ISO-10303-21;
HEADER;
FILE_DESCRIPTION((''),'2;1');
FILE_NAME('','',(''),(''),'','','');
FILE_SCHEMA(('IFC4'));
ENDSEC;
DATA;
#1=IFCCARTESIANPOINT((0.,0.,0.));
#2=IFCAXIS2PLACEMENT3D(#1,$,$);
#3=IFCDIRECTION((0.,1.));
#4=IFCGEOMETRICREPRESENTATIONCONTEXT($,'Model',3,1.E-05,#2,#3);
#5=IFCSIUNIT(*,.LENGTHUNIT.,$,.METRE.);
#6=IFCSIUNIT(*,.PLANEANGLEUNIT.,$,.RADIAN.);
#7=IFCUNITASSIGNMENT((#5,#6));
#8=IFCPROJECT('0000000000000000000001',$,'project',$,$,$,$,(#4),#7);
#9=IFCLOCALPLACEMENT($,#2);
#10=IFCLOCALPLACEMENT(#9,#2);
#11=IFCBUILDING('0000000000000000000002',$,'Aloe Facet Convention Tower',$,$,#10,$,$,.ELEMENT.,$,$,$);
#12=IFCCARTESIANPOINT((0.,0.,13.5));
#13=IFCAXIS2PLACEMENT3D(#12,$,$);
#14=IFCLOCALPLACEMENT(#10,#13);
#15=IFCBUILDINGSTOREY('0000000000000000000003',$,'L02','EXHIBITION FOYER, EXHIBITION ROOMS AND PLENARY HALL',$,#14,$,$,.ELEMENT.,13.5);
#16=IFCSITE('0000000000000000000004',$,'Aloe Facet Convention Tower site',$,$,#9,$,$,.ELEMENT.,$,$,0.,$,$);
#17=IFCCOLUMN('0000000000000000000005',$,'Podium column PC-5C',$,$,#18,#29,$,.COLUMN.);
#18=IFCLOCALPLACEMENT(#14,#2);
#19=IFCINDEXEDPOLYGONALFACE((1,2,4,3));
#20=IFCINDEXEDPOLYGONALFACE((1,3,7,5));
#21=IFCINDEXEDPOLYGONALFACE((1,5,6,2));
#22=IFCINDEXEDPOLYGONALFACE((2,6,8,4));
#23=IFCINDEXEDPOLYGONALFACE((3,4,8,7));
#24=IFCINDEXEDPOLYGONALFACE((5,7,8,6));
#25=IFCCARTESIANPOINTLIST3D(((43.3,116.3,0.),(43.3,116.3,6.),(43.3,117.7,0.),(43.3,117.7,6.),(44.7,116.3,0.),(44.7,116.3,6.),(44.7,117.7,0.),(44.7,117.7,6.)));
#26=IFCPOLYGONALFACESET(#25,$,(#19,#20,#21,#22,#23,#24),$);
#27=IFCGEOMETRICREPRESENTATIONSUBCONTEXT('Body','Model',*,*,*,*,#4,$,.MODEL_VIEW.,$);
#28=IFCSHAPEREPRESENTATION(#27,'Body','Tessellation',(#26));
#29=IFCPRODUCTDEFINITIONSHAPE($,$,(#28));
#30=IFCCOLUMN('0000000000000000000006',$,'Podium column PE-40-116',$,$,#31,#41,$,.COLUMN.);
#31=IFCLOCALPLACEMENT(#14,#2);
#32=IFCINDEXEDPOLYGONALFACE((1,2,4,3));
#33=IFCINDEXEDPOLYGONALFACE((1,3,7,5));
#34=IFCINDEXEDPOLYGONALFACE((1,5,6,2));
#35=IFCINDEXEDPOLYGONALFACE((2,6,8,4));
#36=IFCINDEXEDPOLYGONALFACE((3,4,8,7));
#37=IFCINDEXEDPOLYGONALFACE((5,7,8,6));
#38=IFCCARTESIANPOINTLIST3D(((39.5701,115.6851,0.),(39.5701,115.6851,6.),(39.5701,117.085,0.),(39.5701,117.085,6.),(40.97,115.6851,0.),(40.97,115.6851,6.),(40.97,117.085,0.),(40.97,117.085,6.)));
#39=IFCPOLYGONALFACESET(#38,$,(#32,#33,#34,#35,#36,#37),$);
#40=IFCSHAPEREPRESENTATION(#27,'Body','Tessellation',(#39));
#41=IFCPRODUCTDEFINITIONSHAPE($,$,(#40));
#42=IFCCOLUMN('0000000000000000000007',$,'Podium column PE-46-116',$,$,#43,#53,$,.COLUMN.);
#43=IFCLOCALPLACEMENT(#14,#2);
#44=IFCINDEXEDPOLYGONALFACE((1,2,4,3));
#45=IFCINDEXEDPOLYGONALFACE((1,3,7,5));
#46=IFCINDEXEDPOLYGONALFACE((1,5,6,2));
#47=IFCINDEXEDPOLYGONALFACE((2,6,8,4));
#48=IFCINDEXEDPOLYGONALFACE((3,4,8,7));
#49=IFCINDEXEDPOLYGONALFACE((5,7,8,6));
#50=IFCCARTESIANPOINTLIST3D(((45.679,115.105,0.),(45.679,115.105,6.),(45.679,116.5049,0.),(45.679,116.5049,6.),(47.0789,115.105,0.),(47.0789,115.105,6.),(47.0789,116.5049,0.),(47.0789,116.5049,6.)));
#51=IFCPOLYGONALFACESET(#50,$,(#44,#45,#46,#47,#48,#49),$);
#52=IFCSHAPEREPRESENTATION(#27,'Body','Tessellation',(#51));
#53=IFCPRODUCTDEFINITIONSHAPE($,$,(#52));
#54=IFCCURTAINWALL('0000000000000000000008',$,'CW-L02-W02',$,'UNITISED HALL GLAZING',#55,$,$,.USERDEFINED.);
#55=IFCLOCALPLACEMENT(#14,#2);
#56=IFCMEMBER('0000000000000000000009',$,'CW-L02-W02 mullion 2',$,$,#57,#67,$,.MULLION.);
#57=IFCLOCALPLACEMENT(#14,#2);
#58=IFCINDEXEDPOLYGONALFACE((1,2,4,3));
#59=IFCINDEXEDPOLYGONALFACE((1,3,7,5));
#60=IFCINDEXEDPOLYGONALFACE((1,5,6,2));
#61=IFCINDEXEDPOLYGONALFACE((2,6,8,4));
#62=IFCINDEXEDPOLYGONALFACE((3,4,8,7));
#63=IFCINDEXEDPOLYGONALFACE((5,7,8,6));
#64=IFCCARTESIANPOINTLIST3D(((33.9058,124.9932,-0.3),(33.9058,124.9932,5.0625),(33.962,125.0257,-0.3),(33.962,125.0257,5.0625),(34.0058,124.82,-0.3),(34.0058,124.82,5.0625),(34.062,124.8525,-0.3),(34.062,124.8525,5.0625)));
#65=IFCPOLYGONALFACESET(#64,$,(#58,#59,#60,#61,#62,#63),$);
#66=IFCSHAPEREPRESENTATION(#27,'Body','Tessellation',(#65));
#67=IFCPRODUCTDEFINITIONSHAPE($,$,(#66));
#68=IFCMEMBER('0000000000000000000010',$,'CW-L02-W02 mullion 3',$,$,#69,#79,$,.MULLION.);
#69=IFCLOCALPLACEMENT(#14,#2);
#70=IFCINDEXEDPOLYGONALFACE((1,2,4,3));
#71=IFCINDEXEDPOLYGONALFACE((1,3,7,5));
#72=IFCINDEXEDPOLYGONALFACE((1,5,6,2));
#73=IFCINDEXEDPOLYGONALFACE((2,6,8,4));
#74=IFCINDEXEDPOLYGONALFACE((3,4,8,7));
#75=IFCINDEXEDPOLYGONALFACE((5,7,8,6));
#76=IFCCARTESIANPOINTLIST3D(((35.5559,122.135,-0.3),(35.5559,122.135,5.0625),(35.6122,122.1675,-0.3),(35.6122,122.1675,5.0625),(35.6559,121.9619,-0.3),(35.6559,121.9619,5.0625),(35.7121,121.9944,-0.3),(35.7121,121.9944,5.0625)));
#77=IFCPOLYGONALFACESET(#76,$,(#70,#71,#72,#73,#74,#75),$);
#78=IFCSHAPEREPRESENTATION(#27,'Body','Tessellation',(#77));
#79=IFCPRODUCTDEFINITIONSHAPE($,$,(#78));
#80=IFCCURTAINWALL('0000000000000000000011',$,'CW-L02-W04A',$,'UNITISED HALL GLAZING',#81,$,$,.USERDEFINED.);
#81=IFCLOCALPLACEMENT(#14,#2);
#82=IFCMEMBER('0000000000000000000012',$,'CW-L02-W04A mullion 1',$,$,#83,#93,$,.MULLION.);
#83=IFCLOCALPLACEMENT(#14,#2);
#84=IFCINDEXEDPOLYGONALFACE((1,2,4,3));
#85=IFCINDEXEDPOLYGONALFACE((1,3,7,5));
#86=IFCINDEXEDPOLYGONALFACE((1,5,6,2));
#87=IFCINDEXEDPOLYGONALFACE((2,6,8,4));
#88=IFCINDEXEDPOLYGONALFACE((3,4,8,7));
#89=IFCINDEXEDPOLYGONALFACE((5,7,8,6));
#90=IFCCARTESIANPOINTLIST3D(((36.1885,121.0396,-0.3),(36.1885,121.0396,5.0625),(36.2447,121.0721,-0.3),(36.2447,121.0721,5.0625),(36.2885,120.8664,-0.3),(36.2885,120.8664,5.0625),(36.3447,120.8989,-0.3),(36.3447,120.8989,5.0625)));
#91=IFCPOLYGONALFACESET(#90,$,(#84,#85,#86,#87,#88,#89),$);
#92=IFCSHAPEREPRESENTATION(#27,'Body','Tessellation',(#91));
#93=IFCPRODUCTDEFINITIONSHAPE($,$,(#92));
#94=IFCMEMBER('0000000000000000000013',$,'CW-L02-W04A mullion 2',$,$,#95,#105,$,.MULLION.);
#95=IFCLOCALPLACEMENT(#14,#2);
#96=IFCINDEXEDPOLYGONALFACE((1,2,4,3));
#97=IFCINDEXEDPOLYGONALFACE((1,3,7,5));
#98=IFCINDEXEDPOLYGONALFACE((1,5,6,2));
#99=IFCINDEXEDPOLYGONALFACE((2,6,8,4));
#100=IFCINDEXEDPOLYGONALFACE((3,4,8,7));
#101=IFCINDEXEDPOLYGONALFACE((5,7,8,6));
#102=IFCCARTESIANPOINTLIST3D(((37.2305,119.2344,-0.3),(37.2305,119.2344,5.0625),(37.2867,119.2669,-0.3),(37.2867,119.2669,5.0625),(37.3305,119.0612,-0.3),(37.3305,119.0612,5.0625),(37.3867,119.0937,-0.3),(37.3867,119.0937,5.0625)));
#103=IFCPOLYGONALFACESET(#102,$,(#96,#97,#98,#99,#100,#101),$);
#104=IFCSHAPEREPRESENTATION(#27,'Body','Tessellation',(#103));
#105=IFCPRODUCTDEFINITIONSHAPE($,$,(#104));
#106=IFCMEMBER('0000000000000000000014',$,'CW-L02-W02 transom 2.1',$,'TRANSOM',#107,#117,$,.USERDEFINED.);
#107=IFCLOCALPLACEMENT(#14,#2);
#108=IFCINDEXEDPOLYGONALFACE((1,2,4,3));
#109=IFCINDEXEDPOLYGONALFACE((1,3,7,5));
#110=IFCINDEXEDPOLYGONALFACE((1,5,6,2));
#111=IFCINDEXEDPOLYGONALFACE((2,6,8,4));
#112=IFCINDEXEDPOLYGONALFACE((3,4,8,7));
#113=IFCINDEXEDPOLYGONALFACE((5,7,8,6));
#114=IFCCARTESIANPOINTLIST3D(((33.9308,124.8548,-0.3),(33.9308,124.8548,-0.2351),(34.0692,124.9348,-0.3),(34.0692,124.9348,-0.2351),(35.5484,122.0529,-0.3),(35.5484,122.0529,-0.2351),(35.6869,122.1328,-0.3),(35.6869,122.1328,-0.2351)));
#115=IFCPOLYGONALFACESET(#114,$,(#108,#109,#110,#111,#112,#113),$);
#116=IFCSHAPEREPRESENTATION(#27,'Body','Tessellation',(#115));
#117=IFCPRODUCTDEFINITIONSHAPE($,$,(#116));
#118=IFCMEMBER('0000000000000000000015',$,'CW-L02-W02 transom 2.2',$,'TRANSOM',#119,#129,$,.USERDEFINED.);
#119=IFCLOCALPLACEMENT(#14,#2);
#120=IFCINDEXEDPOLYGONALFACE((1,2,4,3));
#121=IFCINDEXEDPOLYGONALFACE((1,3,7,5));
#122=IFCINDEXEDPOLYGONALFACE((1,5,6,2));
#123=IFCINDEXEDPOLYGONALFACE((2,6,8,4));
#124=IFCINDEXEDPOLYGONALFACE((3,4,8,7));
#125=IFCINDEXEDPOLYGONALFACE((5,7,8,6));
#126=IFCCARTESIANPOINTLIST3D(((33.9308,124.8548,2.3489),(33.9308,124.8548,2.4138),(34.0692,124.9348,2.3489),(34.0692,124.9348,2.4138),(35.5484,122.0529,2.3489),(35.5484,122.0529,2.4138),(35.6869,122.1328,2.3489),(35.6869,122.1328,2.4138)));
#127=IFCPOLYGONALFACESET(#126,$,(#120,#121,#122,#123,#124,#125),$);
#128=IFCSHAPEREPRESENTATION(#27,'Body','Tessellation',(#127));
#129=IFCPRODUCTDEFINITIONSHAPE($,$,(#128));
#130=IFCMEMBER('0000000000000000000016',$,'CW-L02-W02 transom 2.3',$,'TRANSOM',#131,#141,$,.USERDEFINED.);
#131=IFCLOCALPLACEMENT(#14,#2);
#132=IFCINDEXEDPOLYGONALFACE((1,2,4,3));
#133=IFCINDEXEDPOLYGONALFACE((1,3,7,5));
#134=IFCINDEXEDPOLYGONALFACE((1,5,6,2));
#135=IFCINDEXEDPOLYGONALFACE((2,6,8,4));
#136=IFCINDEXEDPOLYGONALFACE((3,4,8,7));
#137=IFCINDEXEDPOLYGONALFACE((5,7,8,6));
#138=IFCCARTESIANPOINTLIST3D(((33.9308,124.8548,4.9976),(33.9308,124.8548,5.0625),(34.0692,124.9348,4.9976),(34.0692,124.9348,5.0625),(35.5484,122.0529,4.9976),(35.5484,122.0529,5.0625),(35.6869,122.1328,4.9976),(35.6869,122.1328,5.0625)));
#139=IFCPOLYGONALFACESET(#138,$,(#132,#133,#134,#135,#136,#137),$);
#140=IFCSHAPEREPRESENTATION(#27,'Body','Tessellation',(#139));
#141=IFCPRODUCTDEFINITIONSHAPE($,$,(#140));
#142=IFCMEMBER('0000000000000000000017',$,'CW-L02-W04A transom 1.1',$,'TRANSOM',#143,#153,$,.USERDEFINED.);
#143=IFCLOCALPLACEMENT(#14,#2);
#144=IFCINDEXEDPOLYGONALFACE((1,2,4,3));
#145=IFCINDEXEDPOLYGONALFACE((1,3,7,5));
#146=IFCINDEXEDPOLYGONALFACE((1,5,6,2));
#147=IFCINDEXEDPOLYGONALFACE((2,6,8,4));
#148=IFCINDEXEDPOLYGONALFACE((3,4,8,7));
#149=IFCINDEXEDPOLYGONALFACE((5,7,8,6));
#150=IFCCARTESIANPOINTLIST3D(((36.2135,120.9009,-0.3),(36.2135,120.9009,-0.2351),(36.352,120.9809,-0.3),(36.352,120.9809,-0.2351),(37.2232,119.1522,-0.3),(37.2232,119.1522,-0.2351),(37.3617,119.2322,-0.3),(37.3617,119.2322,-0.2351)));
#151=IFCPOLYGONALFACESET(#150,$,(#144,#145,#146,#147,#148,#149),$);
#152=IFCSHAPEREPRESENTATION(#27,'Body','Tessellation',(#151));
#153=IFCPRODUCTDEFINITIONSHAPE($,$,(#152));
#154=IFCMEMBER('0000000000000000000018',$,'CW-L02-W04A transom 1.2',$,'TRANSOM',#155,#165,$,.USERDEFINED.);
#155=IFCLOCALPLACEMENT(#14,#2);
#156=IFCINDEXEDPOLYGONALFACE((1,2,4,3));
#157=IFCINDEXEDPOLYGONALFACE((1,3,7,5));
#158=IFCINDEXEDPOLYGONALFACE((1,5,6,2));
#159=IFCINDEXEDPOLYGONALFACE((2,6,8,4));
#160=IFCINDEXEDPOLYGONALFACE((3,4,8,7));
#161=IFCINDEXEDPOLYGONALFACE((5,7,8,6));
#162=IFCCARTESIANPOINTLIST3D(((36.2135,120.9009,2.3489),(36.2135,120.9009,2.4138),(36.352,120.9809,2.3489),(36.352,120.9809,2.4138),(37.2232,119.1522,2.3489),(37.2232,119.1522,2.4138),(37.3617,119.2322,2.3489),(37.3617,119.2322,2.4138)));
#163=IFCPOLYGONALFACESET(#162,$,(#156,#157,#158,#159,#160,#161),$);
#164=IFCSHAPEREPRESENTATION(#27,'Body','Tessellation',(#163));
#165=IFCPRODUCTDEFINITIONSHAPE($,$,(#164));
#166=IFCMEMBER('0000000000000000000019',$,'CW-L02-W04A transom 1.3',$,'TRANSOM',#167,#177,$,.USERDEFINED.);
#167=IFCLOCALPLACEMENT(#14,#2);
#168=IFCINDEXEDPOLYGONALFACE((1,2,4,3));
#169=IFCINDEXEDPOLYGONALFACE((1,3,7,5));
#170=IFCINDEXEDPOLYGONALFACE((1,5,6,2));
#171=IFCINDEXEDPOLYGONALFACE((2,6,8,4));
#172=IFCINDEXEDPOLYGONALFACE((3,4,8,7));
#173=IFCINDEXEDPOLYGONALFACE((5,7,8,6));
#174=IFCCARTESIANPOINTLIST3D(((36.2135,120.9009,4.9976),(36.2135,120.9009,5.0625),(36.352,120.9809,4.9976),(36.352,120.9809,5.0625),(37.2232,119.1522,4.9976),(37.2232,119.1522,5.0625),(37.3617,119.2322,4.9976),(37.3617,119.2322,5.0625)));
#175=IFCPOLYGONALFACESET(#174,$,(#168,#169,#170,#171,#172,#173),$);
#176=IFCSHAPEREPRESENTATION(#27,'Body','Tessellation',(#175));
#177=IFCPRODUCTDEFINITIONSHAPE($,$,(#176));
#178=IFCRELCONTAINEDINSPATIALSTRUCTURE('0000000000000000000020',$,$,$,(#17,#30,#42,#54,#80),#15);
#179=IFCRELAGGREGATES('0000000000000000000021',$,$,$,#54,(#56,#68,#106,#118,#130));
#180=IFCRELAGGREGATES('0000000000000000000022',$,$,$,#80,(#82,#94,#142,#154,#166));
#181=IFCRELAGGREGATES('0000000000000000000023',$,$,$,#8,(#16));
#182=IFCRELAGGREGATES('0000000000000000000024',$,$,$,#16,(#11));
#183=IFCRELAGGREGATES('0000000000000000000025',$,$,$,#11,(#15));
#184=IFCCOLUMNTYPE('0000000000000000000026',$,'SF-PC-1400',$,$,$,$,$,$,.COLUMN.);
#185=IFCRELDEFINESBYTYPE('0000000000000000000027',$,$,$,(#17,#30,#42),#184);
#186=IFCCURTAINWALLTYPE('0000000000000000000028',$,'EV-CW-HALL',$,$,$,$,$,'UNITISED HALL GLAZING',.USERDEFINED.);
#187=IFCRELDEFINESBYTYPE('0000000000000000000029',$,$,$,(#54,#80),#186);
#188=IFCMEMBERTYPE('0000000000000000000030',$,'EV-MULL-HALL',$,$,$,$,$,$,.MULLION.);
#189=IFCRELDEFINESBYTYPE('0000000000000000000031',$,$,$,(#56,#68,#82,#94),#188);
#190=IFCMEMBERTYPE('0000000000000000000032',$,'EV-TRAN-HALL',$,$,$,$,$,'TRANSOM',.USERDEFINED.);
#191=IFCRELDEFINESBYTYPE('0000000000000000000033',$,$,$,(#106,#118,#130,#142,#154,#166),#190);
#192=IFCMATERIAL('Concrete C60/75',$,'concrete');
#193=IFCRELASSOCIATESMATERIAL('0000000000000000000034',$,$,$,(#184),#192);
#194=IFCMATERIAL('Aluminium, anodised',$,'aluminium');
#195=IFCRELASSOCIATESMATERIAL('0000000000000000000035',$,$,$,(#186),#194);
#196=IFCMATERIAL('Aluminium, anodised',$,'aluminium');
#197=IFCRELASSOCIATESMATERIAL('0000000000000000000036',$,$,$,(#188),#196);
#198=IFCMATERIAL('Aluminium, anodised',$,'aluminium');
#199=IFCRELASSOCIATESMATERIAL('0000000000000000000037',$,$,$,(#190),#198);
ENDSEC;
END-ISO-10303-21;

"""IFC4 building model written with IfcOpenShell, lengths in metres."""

from ifc_helpers import new_model, si_unit, direction, frame, origin, origin_2d, place, context, subcontext, project, spatial, rectangle, extrude, material, material_profile, profile_set, type_object, element, aggregate, save


model = new_model("IFC4")

# Units and contexts
model_context = context("Model", 3, precision=1e-05, world=origin(), true_north=direction((0.0, 1.0)))
body_context = subcontext(model_context, "Body", "Model", "MODEL_VIEW")
ifc_project = project(units=[si_unit("LENGTHUNIT", "METRE"), si_unit("PLANEANGLEUNIT", "RADIAN")], contexts=[model_context])

# Site, building, storey
site_placement = place(None, origin())
site = spatial("IfcSite", under=ifc_project, at=site_placement, Name="Aloe Facet Convention Tower site", CompositionType="ELEMENT", RefElevation=0.0)
building_placement = place(site_placement, origin())
building = spatial("IfcBuilding", under=site, at=building_placement, Name="Aloe Facet Convention Tower", CompositionType="ELEMENT")
storey_placement = place(building_placement, frame((0.0, 0.0, 13.5)))
storey = spatial("IfcBuildingStorey", under=building, at=storey_placement, Name="L02", Description="EXHIBITION FOYER, EXHIBITION ROOMS AND PLENARY HALL", CompositionType="ELEMENT", Elevation=13.5)

# Columns
ifc_material_1 = material(Name="Concrete C60/75", Category="concrete")
ifc_material_profile_1 = material_profile(ifc_material_1, rectangle(XDim=1.3999, YDim=1.3999, at=origin_2d()), Name="SF-PC-1400")
ifc_profile_set_1 = profile_set([ifc_material_profile_1], Name="Concrete C60/75")
column_type = type_object("IfcColumnType", Name="SF-PC-1400", PredefinedType="COLUMN", material=ifc_profile_set_1)
for number, where, z_axis, x_axis, name in (
    (1, (44.0, 117.0, 0.0), (0.0, 0.0, 1.0), (1.0, 0.0, 0.0), "Podium column PC-5C"),
    (2, (40.27, 116.385, 0.0), (0.0, 0.0, 1.0), (1.0, 0.0, 0.0), "Podium column PE-40-116"),
    (3, (46.3789, 115.8049, 0.0), (0.0, 0.0, 1.0), (1.0, 0.0, 0.0), "Podium column PE-46-116"),
):
    element("IfcColumn", number, at=place(storey_placement, frame(where, z_axis=z_axis, x_axis=x_axis)), inside=storey, type_object=column_type, Name=name, PredefinedType="COLUMN", context=body_context, shape_type="SweptSolid", body=[
        extrude(rectangle(XDim=1.3999, YDim=1.3999, at=origin_2d()), origin(), (0.0, 0.0, 1.0), 6.0),
    ])

# Curtain walls, members
ifc_material_2 = material(Name="Aluminium, anodised", Category="aluminium")
curtain_wall_type = type_object("IfcCurtainWallType", Name="EV-CW-HALL", ElementType="UNITISED HALL GLAZING", PredefinedType="USERDEFINED", material=ifc_material_2)
curtain_wall_1_placement = place(storey_placement, origin())
curtain_wall_1 = element("IfcCurtainWall", 4, at=curtain_wall_1_placement, inside=storey, type_object=curtain_wall_type, Name="CW-L02-W02", ObjectType="UNITISED HALL GLAZING", PredefinedType="USERDEFINED")
ifc_material_3 = material(Name="Aluminium, anodised", Category="aluminium")
ifc_material_profile_2 = material_profile(ifc_material_3, rectangle(XDim=0.0649, YDim=0.2, at=origin_2d()), Name="AL 65x200")
ifc_profile_set_2 = profile_set([ifc_material_profile_2], Name="Aluminium, anodised")
member_type_1 = type_object("IfcMemberType", Name="EV-MULL-HALL", PredefinedType="MULLION", material=ifc_profile_set_2)
member_1_placement = place(storey_placement, frame((33.9839, 124.9229, -0.3), z_axis=(0.0, 0.0, 1.0), x_axis=(0.866025, 0.5, 0.0)))
member_1 = element("IfcMember", 5, at=member_1_placement, type_object=member_type_1, Name="CW-L02-W02 mullion 2", PredefinedType="MULLION", context=body_context, shape_type="SweptSolid", body=[
    extrude(rectangle(XDim=0.0649, YDim=0.2, at=origin_2d()), origin(), (0.0, 0.0, 1.0), 5.3625),
])
member_2_placement = place(storey_placement, frame((35.634, 122.0647, -0.3), z_axis=(0.0, 0.0, 1.0), x_axis=(0.866025, 0.5, 0.0)))
member_2 = element("IfcMember", 6, at=member_2_placement, type_object=member_type_1, Name="CW-L02-W02 mullion 3", PredefinedType="MULLION", context=body_context, shape_type="SweptSolid", body=[
    extrude(rectangle(XDim=0.0649, YDim=0.2, at=origin_2d()), origin(), (0.0, 0.0, 1.0), 5.3625),
])
curtain_wall_2_placement = place(storey_placement, origin())
curtain_wall_2 = element("IfcCurtainWall", 7, at=curtain_wall_2_placement, inside=storey, type_object=curtain_wall_type, Name="CW-L02-W04A", ObjectType="UNITISED HALL GLAZING", PredefinedType="USERDEFINED")
member_3_placement = place(storey_placement, frame((36.2666, 120.9692, -0.3), z_axis=(0.0, 0.0, 1.0), x_axis=(0.866025, 0.5, 0.0)))
member_3 = element("IfcMember", 8, at=member_3_placement, type_object=member_type_1, Name="CW-L02-W04A mullion 1", PredefinedType="MULLION", context=body_context, shape_type="SweptSolid", body=[
    extrude(rectangle(XDim=0.0649, YDim=0.2, at=origin_2d()), origin(), (0.0, 0.0, 1.0), 5.3625),
])
member_4_placement = place(storey_placement, frame((37.3086, 119.1641, -0.3), z_axis=(0.0, 0.0, 1.0), x_axis=(0.866025, 0.5, 0.0)))
member_4 = element("IfcMember", 9, at=member_4_placement, type_object=member_type_1, Name="CW-L02-W04A mullion 2", PredefinedType="MULLION", context=body_context, shape_type="SweptSolid", body=[
    extrude(rectangle(XDim=0.0649, YDim=0.2, at=origin_2d()), origin(), (0.0, 0.0, 1.0), 5.3625),
])

# Members
ifc_material_4 = material(Name="Aluminium, anodised", Category="aluminium")
ifc_material_profile_3 = material_profile(ifc_material_4, rectangle(XDim=0.1599, YDim=0.0649, at=origin_2d()), Name="AL 160x65")
ifc_profile_set_3 = profile_set([ifc_material_profile_3], Name="Aluminium, anodised")
member_type_2 = type_object("IfcMemberType", Name="EV-TRAN-HALL", ElementType="TRANSOM", PredefinedType="USERDEFINED", material=ifc_profile_set_3)
member_5_placement = place(storey_placement, frame((34.0, 124.8948, -0.2676), z_axis=(0.499986, -0.866034, 0.0), x_axis=(0.866034, 0.499986, 0.0)))
member_5 = element("IfcMember", 10, at=member_5_placement, type_object=member_type_2, Name="CW-L02-W02 transom 2.1", ObjectType="TRANSOM", PredefinedType="USERDEFINED", context=body_context, shape_type="SweptSolid", body=[
    extrude(rectangle(XDim=0.1599, YDim=0.0649, at=origin_2d()), origin(), (0.0, 0.0, 1.0), 3.2354),
])
member_6_placement = place(storey_placement, frame((34.0, 124.8948, 2.3813), z_axis=(0.499986, -0.866034, 0.0), x_axis=(0.866034, 0.499986, 0.0)))
member_6 = element("IfcMember", 11, at=member_6_placement, type_object=member_type_2, Name="CW-L02-W02 transom 2.2", ObjectType="TRANSOM", PredefinedType="USERDEFINED", context=body_context, shape_type="SweptSolid", body=[
    extrude(rectangle(XDim=0.1599, YDim=0.0649, at=origin_2d()), origin(), (0.0, 0.0, 1.0), 3.2354),
])
member_7_placement = place(storey_placement, frame((34.0, 124.8948, 5.03), z_axis=(0.499986, -0.866034, 0.0), x_axis=(0.866034, 0.499986, 0.0)))
member_7 = element("IfcMember", 12, at=member_7_placement, type_object=member_type_2, Name="CW-L02-W02 transom 2.3", ObjectType="TRANSOM", PredefinedType="USERDEFINED", context=body_context, shape_type="SweptSolid", body=[
    extrude(rectangle(XDim=0.1599, YDim=0.0649, at=origin_2d()), origin(), (0.0, 0.0, 1.0), 3.2354),
])
member_8_placement = place(storey_placement, frame((36.2827, 120.9409, -0.2676), z_axis=(0.50004, -0.866002, 0.0), x_axis=(0.866002, 0.50004, 0.0)))
member_8 = element("IfcMember", 13, at=member_8_placement, type_object=member_type_2, Name="CW-L02-W04A transom 1.1", ObjectType="TRANSOM", PredefinedType="USERDEFINED", context=body_context, shape_type="SweptSolid", body=[
    extrude(rectangle(XDim=0.1599, YDim=0.0649, at=origin_2d()), origin(), (0.0, 0.0, 1.0), 2.0193),
])
member_9_placement = place(storey_placement, frame((36.2827, 120.9409, 2.3813), z_axis=(0.50004, -0.866002, 0.0), x_axis=(0.866002, 0.50004, 0.0)))
member_9 = element("IfcMember", 14, at=member_9_placement, type_object=member_type_2, Name="CW-L02-W04A transom 1.2", ObjectType="TRANSOM", PredefinedType="USERDEFINED", context=body_context, shape_type="SweptSolid", body=[
    extrude(rectangle(XDim=0.1599, YDim=0.0649, at=origin_2d()), origin(), (0.0, 0.0, 1.0), 2.0193),
])
member_10_placement = place(storey_placement, frame((36.2827, 120.9409, 5.03), z_axis=(0.50004, -0.866002, 0.0), x_axis=(0.866002, 0.50004, 0.0)))
member_10 = element("IfcMember", 15, at=member_10_placement, type_object=member_type_2, Name="CW-L02-W04A transom 1.3", ObjectType="TRANSOM", PredefinedType="USERDEFINED", context=body_context, shape_type="SweptSolid", body=[
    extrude(rectangle(XDim=0.1599, YDim=0.0649, at=origin_2d()), origin(), (0.0, 0.0, 1.0), 2.0193),
])

aggregate(curtain_wall_1, [member_1, member_2, member_5, member_6, member_7])
aggregate(curtain_wall_2, [member_3, member_4, member_8, member_9, member_10])

save(model, "model.ifc")
